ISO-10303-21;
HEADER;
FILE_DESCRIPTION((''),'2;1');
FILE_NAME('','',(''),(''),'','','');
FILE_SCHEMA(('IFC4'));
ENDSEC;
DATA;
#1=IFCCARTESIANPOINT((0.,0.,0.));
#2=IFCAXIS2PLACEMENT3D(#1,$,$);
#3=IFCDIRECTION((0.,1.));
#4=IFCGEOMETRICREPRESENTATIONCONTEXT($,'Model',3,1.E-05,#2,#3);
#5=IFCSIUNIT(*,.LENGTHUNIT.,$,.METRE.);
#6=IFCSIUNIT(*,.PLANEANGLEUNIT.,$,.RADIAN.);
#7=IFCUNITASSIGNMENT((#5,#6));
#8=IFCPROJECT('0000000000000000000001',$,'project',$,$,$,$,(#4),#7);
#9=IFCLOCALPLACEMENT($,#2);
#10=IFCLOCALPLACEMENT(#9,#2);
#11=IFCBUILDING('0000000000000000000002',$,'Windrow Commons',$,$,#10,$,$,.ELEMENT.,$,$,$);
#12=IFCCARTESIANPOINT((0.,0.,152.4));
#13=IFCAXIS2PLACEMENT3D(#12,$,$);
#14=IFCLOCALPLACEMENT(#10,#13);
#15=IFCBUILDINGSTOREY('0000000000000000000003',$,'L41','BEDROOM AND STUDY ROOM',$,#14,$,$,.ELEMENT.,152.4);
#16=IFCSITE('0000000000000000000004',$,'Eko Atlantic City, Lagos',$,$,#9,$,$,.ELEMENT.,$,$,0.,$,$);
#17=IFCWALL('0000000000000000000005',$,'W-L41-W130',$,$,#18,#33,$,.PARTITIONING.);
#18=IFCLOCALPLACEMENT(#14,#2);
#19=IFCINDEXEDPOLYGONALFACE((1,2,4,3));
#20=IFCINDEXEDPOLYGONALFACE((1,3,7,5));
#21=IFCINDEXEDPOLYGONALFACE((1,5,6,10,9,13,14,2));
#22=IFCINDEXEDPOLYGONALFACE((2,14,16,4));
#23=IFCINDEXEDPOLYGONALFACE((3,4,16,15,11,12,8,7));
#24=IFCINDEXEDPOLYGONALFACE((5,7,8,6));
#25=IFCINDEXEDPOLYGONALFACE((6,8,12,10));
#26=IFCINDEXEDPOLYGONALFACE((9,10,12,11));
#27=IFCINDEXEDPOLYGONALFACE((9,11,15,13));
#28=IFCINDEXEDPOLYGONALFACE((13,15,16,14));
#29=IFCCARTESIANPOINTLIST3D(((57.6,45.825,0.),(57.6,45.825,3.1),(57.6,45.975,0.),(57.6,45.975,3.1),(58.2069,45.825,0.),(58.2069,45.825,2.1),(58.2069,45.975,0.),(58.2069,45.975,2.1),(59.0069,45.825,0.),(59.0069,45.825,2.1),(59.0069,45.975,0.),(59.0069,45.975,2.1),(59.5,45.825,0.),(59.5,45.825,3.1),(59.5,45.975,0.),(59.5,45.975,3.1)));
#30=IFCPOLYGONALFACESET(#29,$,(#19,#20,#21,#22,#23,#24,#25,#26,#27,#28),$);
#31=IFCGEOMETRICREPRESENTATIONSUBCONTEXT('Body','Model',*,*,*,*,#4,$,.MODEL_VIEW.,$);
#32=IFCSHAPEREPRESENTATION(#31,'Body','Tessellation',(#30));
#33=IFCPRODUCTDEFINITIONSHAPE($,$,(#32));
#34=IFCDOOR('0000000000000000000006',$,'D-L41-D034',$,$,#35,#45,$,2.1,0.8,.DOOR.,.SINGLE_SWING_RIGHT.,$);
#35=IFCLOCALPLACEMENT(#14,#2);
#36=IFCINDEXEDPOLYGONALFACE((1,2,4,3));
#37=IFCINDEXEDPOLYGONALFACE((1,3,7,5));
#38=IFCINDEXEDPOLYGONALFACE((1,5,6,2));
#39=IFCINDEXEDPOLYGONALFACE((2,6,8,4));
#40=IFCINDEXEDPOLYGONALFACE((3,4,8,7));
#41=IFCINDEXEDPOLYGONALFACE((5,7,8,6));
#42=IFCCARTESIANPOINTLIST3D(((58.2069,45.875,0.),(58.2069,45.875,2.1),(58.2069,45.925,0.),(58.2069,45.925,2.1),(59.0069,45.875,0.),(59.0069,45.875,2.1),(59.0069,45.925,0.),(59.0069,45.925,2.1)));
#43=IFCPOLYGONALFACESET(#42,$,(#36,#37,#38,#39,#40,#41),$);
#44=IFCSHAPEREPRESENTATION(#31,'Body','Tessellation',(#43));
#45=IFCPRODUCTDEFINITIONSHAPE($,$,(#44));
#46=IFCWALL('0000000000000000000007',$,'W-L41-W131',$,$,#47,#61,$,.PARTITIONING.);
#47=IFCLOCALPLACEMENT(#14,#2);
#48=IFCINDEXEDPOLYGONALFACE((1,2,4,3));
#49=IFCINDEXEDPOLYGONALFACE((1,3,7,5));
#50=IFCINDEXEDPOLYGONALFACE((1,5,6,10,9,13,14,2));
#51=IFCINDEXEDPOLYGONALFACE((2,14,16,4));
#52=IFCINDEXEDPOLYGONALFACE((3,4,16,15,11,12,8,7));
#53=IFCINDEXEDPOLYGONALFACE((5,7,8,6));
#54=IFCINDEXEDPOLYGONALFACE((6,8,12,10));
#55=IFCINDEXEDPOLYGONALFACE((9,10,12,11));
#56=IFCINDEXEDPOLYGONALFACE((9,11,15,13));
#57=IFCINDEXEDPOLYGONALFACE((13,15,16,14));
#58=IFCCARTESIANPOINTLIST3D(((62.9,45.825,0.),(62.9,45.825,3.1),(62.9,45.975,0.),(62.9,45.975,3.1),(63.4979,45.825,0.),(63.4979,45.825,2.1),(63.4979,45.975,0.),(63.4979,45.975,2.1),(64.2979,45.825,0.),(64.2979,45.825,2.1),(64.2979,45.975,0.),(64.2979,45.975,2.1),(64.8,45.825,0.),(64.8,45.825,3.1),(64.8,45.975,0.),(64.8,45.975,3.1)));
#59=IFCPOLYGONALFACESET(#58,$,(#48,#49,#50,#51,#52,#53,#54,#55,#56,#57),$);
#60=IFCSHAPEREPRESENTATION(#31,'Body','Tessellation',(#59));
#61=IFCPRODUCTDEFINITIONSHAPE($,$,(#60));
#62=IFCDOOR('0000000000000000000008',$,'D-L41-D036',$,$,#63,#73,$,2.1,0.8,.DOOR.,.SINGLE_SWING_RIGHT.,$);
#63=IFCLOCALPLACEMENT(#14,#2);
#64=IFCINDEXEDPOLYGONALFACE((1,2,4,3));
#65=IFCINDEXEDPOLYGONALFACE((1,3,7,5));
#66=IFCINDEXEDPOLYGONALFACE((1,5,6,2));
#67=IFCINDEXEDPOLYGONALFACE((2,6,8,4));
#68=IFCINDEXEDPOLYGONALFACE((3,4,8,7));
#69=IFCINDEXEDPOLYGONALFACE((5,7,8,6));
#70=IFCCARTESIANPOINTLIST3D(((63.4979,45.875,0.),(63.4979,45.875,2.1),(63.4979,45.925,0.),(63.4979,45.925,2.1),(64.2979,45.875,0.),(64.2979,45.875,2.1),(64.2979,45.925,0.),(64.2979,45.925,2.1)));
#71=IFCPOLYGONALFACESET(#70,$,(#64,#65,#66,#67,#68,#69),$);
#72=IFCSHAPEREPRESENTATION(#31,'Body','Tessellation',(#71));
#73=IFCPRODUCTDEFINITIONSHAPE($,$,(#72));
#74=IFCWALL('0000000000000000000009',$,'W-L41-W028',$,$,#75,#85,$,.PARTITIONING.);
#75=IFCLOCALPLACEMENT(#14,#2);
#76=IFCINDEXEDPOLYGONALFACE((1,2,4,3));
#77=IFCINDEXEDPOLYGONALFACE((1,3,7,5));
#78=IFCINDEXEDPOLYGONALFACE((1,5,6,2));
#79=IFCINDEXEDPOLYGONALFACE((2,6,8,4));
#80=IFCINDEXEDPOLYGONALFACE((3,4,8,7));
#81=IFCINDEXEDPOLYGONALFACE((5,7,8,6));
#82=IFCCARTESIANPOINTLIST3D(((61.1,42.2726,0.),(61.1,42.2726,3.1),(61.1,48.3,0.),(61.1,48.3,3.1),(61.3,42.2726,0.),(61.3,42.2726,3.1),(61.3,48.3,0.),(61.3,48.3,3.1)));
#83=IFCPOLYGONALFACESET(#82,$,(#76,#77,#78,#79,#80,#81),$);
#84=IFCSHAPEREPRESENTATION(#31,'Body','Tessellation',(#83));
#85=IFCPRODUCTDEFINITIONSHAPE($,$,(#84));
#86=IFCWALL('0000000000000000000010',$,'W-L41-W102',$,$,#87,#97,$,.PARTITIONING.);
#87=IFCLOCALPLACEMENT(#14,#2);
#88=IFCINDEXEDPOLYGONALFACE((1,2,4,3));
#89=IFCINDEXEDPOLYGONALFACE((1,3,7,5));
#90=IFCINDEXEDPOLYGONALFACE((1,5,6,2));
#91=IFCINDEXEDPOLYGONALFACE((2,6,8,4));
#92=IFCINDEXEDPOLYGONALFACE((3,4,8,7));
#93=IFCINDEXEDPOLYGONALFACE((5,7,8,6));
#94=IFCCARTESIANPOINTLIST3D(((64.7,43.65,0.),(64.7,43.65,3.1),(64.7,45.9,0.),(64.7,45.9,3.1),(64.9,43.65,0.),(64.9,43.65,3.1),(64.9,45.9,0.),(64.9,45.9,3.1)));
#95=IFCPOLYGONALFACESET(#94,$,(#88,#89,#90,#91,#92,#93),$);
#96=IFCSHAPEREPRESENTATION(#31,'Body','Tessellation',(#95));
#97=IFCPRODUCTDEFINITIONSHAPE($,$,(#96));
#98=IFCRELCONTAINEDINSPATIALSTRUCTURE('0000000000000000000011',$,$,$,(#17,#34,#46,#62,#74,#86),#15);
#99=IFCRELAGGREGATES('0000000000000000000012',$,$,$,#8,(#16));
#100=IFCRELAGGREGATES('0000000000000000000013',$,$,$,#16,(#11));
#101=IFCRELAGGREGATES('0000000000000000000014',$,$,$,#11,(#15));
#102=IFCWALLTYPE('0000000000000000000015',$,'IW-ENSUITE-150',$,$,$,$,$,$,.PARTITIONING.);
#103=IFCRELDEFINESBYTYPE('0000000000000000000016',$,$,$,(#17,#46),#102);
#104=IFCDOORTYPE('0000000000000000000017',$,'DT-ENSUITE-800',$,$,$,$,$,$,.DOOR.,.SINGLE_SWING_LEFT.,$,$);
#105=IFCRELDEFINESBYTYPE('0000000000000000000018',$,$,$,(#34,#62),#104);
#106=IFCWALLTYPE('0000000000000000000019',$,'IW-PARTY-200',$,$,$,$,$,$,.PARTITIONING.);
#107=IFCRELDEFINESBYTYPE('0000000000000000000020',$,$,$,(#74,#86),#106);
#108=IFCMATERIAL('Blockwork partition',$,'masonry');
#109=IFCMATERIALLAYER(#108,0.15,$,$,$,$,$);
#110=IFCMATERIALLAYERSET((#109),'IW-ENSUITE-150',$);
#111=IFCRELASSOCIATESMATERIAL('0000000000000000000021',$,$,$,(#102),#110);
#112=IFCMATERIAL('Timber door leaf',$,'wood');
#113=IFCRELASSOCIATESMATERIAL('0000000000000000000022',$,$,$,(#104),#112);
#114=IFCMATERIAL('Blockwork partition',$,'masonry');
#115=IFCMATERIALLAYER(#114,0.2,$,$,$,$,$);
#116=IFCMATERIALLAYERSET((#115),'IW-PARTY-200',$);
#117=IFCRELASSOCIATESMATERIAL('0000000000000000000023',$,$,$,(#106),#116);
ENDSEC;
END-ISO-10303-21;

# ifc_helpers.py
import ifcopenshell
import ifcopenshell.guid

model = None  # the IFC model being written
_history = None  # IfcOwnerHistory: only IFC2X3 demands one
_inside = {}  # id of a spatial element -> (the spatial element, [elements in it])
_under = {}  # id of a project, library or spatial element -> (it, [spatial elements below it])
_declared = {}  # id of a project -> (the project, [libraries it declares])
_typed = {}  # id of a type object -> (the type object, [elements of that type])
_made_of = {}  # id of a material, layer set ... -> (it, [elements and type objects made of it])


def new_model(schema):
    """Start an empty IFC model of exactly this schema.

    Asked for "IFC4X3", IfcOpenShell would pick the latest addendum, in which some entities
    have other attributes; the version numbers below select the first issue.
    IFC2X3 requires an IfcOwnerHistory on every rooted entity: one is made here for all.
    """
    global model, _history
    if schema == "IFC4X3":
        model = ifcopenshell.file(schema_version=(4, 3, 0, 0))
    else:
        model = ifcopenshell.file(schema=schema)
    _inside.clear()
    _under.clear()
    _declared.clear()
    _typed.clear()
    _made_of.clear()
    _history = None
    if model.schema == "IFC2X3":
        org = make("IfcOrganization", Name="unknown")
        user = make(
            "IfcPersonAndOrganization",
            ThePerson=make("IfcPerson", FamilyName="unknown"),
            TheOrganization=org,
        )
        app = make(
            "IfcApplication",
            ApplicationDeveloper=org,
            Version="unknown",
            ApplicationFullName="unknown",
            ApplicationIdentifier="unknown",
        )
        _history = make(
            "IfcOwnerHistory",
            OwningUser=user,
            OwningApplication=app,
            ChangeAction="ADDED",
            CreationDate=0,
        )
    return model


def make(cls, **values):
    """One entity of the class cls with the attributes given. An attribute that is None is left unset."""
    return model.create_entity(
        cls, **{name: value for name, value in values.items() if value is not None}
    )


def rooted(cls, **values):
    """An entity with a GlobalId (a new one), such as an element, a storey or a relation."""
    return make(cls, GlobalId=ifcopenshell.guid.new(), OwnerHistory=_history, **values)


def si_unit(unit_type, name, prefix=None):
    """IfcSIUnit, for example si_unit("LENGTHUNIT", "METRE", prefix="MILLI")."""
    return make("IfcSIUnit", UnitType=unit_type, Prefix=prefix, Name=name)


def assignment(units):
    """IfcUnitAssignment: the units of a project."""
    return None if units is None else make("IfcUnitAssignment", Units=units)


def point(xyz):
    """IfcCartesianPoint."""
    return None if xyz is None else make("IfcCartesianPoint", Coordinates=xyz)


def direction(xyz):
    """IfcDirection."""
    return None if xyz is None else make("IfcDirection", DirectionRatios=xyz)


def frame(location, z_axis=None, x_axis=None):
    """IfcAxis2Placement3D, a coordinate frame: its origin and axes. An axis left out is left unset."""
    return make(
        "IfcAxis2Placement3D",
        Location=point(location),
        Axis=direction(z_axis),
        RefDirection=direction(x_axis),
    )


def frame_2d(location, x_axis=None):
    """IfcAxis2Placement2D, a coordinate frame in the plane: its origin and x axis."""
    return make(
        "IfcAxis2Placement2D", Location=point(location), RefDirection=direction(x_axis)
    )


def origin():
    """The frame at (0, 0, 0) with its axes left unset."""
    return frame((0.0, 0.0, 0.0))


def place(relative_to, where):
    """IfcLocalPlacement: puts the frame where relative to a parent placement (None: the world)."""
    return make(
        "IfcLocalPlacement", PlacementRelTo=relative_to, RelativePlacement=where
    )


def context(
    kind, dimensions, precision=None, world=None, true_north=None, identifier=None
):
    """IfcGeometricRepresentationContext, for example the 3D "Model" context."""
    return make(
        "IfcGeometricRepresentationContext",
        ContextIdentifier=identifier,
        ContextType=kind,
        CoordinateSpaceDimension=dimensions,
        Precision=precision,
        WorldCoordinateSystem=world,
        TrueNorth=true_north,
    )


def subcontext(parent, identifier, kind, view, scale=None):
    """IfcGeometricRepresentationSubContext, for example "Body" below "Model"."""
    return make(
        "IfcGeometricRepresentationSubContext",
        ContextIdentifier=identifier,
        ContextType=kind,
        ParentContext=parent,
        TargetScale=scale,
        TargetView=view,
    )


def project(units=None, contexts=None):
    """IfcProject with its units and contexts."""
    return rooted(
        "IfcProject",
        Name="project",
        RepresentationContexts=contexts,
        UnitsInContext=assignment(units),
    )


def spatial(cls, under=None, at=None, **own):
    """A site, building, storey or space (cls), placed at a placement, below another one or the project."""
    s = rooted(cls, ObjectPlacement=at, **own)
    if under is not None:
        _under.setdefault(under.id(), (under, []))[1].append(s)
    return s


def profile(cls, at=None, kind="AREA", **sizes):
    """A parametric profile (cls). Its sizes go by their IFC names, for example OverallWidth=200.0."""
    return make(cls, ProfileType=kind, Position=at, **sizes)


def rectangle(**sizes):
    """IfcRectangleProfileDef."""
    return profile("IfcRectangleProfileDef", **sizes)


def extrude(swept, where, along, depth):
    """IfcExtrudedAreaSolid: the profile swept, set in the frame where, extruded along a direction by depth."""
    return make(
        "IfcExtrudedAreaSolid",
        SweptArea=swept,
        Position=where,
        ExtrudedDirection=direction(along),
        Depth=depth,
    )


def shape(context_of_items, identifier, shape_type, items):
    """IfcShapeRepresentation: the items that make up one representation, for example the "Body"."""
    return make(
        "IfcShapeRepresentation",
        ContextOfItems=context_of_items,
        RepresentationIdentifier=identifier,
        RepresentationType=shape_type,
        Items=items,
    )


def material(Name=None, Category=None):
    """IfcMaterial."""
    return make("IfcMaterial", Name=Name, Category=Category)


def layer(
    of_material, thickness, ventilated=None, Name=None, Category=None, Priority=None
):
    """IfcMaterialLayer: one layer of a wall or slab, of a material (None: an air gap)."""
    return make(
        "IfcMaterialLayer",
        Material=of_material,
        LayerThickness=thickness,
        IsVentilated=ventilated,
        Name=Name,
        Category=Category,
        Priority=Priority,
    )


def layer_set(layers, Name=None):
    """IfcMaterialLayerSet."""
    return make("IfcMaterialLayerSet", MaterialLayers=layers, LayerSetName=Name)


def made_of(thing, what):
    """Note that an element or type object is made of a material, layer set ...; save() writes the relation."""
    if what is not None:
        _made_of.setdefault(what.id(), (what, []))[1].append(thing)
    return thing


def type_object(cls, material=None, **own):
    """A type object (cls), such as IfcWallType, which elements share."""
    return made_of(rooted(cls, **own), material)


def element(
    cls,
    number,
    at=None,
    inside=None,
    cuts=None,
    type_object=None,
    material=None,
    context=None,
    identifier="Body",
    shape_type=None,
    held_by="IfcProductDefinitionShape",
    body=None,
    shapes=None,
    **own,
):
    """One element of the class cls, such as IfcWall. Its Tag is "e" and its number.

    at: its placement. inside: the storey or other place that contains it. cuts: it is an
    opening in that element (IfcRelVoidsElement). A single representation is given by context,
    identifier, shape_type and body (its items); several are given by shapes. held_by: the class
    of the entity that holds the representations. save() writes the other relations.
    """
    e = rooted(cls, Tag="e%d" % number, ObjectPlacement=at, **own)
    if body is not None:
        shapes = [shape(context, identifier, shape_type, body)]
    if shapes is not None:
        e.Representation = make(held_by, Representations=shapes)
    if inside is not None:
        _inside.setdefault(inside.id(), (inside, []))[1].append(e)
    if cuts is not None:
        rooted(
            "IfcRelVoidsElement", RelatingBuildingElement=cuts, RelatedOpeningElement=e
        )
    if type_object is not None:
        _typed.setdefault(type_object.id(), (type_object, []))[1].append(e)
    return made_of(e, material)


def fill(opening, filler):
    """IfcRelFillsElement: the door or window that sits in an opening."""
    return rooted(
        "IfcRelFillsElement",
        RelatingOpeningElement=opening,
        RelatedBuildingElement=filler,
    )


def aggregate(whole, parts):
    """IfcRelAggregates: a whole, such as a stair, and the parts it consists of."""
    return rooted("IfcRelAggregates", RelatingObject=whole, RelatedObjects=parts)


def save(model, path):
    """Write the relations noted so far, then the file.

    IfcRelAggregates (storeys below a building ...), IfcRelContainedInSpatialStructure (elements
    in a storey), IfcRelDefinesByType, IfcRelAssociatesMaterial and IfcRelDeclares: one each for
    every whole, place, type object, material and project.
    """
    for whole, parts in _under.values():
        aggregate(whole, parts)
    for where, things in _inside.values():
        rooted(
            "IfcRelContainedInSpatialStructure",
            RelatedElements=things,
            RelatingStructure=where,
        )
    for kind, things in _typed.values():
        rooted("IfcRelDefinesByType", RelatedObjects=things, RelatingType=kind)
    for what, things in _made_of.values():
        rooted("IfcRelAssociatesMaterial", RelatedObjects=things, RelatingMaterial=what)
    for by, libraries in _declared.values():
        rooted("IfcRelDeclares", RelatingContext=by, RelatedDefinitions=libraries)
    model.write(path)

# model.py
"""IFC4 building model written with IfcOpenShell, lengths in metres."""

from ifc_helpers import new_model, si_unit, direction, frame, frame_2d, origin, place, context, subcontext, project, spatial, rectangle, extrude, material, layer, layer_set, type_object, element, fill, save


model = new_model("IFC4")

# Units and contexts
model_context = context("Model", 3, precision=1e-05, world=origin(), true_north=direction((0.0, 1.0)))
body_context = subcontext(model_context, "Body", "Model", "MODEL_VIEW")
ifc_project = project(units=[si_unit("LENGTHUNIT", "METRE"), si_unit("PLANEANGLEUNIT", "RADIAN")], contexts=[model_context])

# Site, building, storey
site_placement = place(None, origin())
site = spatial("IfcSite", under=ifc_project, at=site_placement, Name="Eko Atlantic City, Lagos", CompositionType="ELEMENT", RefElevation=0.0)
building_placement = place(site_placement, origin())
building = spatial("IfcBuilding", under=site, at=building_placement, Name="Windrow Commons", CompositionType="ELEMENT")
storey_placement = place(building_placement, frame((0.0, 0.0, 152.4)))
storey = spatial("IfcBuildingStorey", under=building, at=storey_placement, Name="L41", Description="BEDROOM AND STUDY ROOM", CompositionType="ELEMENT", Elevation=152.4)

# Shared definitions
ifc_material_1 = material(Name="Blockwork partition", Category="masonry")
ifc_layer_1 = layer(ifc_material_1, 0.15)
ifc_layer_set_1 = layer_set([ifc_layer_1], Name="IW-ENSUITE-150")
wall_type_1 = type_object("IfcWallType", Name="IW-ENSUITE-150", PredefinedType="PARTITIONING", material=ifc_layer_set_1)

# Walls, openings, doors
wall_1_placement = place(storey_placement, frame((57.6, 45.9, 0.0), z_axis=(0.0, 0.0, 1.0), x_axis=(1.0, 0.0, 0.0)))
wall_1 = element("IfcWall", 1, at=wall_1_placement, inside=storey, type_object=wall_type_1, Name="W-L41-W130", PredefinedType="PARTITIONING", context=body_context, shape_type="SweptSolid", body=[
    extrude(rectangle(XDim=1.9, YDim=0.15, at=frame_2d((0.95, 0.0))), origin(), (0.0, 0.0, 1.0), 3.1),
])
opening_1_placement = place(wall_1_placement, frame((0.6069, 0.0, 0.0)))
opening_1 = element("IfcOpeningElement", 2, at=opening_1_placement, cuts=wall_1, PredefinedType="OPENING", context=body_context, shape_type="SweptSolid", body=[
    extrude(rectangle(XDim=0.8, YDim=2.1, at=frame_2d((0.4, 1.05))), frame((0.0, 0.085, 0.0), z_axis=(0.0, -1.0, 0.0), x_axis=(1.0, 0.0, 0.0)), (0.0, 0.0, 1.0), 0.17),
])
ifc_material_2 = material(Name="Timber door leaf", Category="wood")
door_type = type_object("IfcDoorType", Name="DT-ENSUITE-800", OperationType="SINGLE_SWING_LEFT", PredefinedType="DOOR", material=ifc_material_2)
door_1_placement = place(opening_1_placement, origin())
door_1 = element("IfcDoor", 3, at=door_1_placement, inside=storey, type_object=door_type, Name="D-L41-D034", OperationType="SINGLE_SWING_RIGHT", OverallHeight=2.1, OverallWidth=0.8, PredefinedType="DOOR", context=body_context, shape_type="SweptSolid", body=[
    extrude(rectangle(XDim=0.8, YDim=2.1, at=frame_2d((0.4, 1.05))), frame((0.0, 0.025, 0.0), z_axis=(0.0, -1.0, 0.0), x_axis=(1.0, 0.0, 0.0)), (0.0, 0.0, 1.0), 0.05),
])
fill(opening_1, door_1)
wall_2_placement = place(storey_placement, frame((62.9, 45.9, 0.0), z_axis=(0.0, 0.0, 1.0), x_axis=(1.0, 0.0, 0.0)))
wall_2 = element("IfcWall", 4, at=wall_2_placement, inside=storey, type_object=wall_type_1, Name="W-L41-W131", PredefinedType="PARTITIONING", context=body_context, shape_type="SweptSolid", body=[
    extrude(rectangle(XDim=1.9, YDim=0.15, at=frame_2d((0.95, 0.0))), origin(), (0.0, 0.0, 1.0), 3.1),
])
opening_2_placement = place(wall_2_placement, frame((0.5979, 0.0, 0.0)))
opening_2 = element("IfcOpeningElement", 5, at=opening_2_placement, cuts=wall_2, PredefinedType="OPENING", context=body_context, shape_type="SweptSolid", body=[
    extrude(rectangle(XDim=0.8, YDim=2.1, at=frame_2d((0.4, 1.05))), frame((0.0, 0.085, 0.0), z_axis=(0.0, -1.0, 0.0), x_axis=(1.0, 0.0, 0.0)), (0.0, 0.0, 1.0), 0.17),
])
door_2_placement = place(opening_2_placement, origin())
door_2 = element("IfcDoor", 6, at=door_2_placement, inside=storey, type_object=door_type, Name="D-L41-D036", OperationType="SINGLE_SWING_RIGHT", OverallHeight=2.1, OverallWidth=0.8, PredefinedType="DOOR", context=body_context, shape_type="SweptSolid", body=[
    extrude(rectangle(XDim=0.8, YDim=2.1, at=frame_2d((0.4, 1.05))), frame((0.0, 0.025, 0.0), z_axis=(0.0, -1.0, 0.0), x_axis=(1.0, 0.0, 0.0)), (0.0, 0.0, 1.0), 0.05),
])
fill(opening_2, door_2)

# Walls
ifc_material_3 = material(Name="Blockwork partition", Category="masonry")
ifc_layer_2 = layer(ifc_material_3, 0.2)
ifc_layer_set_2 = layer_set([ifc_layer_2], Name="IW-PARTY-200")
wall_type_2 = type_object("IfcWallType", Name="IW-PARTY-200", PredefinedType="PARTITIONING", material=ifc_layer_set_2)
wall_3_placement = place(storey_placement, frame((61.2, 42.2726, 0.0), z_axis=(0.0, 0.0, 1.0), x_axis=(0.0, 1.0, 0.0)))
element("IfcWall", 7, at=wall_3_placement, inside=storey, type_object=wall_type_2, Name="W-L41-W028", PredefinedType="PARTITIONING", context=body_context, shape_type="SweptSolid", body=[
    extrude(rectangle(XDim=6.0274, YDim=0.2, at=frame_2d((3.0137, 0.0))), origin(), (0.0, 0.0, 1.0), 3.1),
])
wall_4_placement = place(storey_placement, frame((64.8, 43.65, 0.0), z_axis=(0.0, 0.0, 1.0), x_axis=(0.0, 1.0, 0.0)))
element("IfcWall", 8, at=wall_4_placement, inside=storey, type_object=wall_type_2, Name="W-L41-W102", PredefinedType="PARTITIONING", context=body_context, shape_type="SweptSolid", body=[
    extrude(rectangle(XDim=2.25, YDim=0.2, at=frame_2d((1.125, 0.0))), origin(), (0.0, 0.0, 1.0), 3.1),
])

save(model, "model.ifc")
